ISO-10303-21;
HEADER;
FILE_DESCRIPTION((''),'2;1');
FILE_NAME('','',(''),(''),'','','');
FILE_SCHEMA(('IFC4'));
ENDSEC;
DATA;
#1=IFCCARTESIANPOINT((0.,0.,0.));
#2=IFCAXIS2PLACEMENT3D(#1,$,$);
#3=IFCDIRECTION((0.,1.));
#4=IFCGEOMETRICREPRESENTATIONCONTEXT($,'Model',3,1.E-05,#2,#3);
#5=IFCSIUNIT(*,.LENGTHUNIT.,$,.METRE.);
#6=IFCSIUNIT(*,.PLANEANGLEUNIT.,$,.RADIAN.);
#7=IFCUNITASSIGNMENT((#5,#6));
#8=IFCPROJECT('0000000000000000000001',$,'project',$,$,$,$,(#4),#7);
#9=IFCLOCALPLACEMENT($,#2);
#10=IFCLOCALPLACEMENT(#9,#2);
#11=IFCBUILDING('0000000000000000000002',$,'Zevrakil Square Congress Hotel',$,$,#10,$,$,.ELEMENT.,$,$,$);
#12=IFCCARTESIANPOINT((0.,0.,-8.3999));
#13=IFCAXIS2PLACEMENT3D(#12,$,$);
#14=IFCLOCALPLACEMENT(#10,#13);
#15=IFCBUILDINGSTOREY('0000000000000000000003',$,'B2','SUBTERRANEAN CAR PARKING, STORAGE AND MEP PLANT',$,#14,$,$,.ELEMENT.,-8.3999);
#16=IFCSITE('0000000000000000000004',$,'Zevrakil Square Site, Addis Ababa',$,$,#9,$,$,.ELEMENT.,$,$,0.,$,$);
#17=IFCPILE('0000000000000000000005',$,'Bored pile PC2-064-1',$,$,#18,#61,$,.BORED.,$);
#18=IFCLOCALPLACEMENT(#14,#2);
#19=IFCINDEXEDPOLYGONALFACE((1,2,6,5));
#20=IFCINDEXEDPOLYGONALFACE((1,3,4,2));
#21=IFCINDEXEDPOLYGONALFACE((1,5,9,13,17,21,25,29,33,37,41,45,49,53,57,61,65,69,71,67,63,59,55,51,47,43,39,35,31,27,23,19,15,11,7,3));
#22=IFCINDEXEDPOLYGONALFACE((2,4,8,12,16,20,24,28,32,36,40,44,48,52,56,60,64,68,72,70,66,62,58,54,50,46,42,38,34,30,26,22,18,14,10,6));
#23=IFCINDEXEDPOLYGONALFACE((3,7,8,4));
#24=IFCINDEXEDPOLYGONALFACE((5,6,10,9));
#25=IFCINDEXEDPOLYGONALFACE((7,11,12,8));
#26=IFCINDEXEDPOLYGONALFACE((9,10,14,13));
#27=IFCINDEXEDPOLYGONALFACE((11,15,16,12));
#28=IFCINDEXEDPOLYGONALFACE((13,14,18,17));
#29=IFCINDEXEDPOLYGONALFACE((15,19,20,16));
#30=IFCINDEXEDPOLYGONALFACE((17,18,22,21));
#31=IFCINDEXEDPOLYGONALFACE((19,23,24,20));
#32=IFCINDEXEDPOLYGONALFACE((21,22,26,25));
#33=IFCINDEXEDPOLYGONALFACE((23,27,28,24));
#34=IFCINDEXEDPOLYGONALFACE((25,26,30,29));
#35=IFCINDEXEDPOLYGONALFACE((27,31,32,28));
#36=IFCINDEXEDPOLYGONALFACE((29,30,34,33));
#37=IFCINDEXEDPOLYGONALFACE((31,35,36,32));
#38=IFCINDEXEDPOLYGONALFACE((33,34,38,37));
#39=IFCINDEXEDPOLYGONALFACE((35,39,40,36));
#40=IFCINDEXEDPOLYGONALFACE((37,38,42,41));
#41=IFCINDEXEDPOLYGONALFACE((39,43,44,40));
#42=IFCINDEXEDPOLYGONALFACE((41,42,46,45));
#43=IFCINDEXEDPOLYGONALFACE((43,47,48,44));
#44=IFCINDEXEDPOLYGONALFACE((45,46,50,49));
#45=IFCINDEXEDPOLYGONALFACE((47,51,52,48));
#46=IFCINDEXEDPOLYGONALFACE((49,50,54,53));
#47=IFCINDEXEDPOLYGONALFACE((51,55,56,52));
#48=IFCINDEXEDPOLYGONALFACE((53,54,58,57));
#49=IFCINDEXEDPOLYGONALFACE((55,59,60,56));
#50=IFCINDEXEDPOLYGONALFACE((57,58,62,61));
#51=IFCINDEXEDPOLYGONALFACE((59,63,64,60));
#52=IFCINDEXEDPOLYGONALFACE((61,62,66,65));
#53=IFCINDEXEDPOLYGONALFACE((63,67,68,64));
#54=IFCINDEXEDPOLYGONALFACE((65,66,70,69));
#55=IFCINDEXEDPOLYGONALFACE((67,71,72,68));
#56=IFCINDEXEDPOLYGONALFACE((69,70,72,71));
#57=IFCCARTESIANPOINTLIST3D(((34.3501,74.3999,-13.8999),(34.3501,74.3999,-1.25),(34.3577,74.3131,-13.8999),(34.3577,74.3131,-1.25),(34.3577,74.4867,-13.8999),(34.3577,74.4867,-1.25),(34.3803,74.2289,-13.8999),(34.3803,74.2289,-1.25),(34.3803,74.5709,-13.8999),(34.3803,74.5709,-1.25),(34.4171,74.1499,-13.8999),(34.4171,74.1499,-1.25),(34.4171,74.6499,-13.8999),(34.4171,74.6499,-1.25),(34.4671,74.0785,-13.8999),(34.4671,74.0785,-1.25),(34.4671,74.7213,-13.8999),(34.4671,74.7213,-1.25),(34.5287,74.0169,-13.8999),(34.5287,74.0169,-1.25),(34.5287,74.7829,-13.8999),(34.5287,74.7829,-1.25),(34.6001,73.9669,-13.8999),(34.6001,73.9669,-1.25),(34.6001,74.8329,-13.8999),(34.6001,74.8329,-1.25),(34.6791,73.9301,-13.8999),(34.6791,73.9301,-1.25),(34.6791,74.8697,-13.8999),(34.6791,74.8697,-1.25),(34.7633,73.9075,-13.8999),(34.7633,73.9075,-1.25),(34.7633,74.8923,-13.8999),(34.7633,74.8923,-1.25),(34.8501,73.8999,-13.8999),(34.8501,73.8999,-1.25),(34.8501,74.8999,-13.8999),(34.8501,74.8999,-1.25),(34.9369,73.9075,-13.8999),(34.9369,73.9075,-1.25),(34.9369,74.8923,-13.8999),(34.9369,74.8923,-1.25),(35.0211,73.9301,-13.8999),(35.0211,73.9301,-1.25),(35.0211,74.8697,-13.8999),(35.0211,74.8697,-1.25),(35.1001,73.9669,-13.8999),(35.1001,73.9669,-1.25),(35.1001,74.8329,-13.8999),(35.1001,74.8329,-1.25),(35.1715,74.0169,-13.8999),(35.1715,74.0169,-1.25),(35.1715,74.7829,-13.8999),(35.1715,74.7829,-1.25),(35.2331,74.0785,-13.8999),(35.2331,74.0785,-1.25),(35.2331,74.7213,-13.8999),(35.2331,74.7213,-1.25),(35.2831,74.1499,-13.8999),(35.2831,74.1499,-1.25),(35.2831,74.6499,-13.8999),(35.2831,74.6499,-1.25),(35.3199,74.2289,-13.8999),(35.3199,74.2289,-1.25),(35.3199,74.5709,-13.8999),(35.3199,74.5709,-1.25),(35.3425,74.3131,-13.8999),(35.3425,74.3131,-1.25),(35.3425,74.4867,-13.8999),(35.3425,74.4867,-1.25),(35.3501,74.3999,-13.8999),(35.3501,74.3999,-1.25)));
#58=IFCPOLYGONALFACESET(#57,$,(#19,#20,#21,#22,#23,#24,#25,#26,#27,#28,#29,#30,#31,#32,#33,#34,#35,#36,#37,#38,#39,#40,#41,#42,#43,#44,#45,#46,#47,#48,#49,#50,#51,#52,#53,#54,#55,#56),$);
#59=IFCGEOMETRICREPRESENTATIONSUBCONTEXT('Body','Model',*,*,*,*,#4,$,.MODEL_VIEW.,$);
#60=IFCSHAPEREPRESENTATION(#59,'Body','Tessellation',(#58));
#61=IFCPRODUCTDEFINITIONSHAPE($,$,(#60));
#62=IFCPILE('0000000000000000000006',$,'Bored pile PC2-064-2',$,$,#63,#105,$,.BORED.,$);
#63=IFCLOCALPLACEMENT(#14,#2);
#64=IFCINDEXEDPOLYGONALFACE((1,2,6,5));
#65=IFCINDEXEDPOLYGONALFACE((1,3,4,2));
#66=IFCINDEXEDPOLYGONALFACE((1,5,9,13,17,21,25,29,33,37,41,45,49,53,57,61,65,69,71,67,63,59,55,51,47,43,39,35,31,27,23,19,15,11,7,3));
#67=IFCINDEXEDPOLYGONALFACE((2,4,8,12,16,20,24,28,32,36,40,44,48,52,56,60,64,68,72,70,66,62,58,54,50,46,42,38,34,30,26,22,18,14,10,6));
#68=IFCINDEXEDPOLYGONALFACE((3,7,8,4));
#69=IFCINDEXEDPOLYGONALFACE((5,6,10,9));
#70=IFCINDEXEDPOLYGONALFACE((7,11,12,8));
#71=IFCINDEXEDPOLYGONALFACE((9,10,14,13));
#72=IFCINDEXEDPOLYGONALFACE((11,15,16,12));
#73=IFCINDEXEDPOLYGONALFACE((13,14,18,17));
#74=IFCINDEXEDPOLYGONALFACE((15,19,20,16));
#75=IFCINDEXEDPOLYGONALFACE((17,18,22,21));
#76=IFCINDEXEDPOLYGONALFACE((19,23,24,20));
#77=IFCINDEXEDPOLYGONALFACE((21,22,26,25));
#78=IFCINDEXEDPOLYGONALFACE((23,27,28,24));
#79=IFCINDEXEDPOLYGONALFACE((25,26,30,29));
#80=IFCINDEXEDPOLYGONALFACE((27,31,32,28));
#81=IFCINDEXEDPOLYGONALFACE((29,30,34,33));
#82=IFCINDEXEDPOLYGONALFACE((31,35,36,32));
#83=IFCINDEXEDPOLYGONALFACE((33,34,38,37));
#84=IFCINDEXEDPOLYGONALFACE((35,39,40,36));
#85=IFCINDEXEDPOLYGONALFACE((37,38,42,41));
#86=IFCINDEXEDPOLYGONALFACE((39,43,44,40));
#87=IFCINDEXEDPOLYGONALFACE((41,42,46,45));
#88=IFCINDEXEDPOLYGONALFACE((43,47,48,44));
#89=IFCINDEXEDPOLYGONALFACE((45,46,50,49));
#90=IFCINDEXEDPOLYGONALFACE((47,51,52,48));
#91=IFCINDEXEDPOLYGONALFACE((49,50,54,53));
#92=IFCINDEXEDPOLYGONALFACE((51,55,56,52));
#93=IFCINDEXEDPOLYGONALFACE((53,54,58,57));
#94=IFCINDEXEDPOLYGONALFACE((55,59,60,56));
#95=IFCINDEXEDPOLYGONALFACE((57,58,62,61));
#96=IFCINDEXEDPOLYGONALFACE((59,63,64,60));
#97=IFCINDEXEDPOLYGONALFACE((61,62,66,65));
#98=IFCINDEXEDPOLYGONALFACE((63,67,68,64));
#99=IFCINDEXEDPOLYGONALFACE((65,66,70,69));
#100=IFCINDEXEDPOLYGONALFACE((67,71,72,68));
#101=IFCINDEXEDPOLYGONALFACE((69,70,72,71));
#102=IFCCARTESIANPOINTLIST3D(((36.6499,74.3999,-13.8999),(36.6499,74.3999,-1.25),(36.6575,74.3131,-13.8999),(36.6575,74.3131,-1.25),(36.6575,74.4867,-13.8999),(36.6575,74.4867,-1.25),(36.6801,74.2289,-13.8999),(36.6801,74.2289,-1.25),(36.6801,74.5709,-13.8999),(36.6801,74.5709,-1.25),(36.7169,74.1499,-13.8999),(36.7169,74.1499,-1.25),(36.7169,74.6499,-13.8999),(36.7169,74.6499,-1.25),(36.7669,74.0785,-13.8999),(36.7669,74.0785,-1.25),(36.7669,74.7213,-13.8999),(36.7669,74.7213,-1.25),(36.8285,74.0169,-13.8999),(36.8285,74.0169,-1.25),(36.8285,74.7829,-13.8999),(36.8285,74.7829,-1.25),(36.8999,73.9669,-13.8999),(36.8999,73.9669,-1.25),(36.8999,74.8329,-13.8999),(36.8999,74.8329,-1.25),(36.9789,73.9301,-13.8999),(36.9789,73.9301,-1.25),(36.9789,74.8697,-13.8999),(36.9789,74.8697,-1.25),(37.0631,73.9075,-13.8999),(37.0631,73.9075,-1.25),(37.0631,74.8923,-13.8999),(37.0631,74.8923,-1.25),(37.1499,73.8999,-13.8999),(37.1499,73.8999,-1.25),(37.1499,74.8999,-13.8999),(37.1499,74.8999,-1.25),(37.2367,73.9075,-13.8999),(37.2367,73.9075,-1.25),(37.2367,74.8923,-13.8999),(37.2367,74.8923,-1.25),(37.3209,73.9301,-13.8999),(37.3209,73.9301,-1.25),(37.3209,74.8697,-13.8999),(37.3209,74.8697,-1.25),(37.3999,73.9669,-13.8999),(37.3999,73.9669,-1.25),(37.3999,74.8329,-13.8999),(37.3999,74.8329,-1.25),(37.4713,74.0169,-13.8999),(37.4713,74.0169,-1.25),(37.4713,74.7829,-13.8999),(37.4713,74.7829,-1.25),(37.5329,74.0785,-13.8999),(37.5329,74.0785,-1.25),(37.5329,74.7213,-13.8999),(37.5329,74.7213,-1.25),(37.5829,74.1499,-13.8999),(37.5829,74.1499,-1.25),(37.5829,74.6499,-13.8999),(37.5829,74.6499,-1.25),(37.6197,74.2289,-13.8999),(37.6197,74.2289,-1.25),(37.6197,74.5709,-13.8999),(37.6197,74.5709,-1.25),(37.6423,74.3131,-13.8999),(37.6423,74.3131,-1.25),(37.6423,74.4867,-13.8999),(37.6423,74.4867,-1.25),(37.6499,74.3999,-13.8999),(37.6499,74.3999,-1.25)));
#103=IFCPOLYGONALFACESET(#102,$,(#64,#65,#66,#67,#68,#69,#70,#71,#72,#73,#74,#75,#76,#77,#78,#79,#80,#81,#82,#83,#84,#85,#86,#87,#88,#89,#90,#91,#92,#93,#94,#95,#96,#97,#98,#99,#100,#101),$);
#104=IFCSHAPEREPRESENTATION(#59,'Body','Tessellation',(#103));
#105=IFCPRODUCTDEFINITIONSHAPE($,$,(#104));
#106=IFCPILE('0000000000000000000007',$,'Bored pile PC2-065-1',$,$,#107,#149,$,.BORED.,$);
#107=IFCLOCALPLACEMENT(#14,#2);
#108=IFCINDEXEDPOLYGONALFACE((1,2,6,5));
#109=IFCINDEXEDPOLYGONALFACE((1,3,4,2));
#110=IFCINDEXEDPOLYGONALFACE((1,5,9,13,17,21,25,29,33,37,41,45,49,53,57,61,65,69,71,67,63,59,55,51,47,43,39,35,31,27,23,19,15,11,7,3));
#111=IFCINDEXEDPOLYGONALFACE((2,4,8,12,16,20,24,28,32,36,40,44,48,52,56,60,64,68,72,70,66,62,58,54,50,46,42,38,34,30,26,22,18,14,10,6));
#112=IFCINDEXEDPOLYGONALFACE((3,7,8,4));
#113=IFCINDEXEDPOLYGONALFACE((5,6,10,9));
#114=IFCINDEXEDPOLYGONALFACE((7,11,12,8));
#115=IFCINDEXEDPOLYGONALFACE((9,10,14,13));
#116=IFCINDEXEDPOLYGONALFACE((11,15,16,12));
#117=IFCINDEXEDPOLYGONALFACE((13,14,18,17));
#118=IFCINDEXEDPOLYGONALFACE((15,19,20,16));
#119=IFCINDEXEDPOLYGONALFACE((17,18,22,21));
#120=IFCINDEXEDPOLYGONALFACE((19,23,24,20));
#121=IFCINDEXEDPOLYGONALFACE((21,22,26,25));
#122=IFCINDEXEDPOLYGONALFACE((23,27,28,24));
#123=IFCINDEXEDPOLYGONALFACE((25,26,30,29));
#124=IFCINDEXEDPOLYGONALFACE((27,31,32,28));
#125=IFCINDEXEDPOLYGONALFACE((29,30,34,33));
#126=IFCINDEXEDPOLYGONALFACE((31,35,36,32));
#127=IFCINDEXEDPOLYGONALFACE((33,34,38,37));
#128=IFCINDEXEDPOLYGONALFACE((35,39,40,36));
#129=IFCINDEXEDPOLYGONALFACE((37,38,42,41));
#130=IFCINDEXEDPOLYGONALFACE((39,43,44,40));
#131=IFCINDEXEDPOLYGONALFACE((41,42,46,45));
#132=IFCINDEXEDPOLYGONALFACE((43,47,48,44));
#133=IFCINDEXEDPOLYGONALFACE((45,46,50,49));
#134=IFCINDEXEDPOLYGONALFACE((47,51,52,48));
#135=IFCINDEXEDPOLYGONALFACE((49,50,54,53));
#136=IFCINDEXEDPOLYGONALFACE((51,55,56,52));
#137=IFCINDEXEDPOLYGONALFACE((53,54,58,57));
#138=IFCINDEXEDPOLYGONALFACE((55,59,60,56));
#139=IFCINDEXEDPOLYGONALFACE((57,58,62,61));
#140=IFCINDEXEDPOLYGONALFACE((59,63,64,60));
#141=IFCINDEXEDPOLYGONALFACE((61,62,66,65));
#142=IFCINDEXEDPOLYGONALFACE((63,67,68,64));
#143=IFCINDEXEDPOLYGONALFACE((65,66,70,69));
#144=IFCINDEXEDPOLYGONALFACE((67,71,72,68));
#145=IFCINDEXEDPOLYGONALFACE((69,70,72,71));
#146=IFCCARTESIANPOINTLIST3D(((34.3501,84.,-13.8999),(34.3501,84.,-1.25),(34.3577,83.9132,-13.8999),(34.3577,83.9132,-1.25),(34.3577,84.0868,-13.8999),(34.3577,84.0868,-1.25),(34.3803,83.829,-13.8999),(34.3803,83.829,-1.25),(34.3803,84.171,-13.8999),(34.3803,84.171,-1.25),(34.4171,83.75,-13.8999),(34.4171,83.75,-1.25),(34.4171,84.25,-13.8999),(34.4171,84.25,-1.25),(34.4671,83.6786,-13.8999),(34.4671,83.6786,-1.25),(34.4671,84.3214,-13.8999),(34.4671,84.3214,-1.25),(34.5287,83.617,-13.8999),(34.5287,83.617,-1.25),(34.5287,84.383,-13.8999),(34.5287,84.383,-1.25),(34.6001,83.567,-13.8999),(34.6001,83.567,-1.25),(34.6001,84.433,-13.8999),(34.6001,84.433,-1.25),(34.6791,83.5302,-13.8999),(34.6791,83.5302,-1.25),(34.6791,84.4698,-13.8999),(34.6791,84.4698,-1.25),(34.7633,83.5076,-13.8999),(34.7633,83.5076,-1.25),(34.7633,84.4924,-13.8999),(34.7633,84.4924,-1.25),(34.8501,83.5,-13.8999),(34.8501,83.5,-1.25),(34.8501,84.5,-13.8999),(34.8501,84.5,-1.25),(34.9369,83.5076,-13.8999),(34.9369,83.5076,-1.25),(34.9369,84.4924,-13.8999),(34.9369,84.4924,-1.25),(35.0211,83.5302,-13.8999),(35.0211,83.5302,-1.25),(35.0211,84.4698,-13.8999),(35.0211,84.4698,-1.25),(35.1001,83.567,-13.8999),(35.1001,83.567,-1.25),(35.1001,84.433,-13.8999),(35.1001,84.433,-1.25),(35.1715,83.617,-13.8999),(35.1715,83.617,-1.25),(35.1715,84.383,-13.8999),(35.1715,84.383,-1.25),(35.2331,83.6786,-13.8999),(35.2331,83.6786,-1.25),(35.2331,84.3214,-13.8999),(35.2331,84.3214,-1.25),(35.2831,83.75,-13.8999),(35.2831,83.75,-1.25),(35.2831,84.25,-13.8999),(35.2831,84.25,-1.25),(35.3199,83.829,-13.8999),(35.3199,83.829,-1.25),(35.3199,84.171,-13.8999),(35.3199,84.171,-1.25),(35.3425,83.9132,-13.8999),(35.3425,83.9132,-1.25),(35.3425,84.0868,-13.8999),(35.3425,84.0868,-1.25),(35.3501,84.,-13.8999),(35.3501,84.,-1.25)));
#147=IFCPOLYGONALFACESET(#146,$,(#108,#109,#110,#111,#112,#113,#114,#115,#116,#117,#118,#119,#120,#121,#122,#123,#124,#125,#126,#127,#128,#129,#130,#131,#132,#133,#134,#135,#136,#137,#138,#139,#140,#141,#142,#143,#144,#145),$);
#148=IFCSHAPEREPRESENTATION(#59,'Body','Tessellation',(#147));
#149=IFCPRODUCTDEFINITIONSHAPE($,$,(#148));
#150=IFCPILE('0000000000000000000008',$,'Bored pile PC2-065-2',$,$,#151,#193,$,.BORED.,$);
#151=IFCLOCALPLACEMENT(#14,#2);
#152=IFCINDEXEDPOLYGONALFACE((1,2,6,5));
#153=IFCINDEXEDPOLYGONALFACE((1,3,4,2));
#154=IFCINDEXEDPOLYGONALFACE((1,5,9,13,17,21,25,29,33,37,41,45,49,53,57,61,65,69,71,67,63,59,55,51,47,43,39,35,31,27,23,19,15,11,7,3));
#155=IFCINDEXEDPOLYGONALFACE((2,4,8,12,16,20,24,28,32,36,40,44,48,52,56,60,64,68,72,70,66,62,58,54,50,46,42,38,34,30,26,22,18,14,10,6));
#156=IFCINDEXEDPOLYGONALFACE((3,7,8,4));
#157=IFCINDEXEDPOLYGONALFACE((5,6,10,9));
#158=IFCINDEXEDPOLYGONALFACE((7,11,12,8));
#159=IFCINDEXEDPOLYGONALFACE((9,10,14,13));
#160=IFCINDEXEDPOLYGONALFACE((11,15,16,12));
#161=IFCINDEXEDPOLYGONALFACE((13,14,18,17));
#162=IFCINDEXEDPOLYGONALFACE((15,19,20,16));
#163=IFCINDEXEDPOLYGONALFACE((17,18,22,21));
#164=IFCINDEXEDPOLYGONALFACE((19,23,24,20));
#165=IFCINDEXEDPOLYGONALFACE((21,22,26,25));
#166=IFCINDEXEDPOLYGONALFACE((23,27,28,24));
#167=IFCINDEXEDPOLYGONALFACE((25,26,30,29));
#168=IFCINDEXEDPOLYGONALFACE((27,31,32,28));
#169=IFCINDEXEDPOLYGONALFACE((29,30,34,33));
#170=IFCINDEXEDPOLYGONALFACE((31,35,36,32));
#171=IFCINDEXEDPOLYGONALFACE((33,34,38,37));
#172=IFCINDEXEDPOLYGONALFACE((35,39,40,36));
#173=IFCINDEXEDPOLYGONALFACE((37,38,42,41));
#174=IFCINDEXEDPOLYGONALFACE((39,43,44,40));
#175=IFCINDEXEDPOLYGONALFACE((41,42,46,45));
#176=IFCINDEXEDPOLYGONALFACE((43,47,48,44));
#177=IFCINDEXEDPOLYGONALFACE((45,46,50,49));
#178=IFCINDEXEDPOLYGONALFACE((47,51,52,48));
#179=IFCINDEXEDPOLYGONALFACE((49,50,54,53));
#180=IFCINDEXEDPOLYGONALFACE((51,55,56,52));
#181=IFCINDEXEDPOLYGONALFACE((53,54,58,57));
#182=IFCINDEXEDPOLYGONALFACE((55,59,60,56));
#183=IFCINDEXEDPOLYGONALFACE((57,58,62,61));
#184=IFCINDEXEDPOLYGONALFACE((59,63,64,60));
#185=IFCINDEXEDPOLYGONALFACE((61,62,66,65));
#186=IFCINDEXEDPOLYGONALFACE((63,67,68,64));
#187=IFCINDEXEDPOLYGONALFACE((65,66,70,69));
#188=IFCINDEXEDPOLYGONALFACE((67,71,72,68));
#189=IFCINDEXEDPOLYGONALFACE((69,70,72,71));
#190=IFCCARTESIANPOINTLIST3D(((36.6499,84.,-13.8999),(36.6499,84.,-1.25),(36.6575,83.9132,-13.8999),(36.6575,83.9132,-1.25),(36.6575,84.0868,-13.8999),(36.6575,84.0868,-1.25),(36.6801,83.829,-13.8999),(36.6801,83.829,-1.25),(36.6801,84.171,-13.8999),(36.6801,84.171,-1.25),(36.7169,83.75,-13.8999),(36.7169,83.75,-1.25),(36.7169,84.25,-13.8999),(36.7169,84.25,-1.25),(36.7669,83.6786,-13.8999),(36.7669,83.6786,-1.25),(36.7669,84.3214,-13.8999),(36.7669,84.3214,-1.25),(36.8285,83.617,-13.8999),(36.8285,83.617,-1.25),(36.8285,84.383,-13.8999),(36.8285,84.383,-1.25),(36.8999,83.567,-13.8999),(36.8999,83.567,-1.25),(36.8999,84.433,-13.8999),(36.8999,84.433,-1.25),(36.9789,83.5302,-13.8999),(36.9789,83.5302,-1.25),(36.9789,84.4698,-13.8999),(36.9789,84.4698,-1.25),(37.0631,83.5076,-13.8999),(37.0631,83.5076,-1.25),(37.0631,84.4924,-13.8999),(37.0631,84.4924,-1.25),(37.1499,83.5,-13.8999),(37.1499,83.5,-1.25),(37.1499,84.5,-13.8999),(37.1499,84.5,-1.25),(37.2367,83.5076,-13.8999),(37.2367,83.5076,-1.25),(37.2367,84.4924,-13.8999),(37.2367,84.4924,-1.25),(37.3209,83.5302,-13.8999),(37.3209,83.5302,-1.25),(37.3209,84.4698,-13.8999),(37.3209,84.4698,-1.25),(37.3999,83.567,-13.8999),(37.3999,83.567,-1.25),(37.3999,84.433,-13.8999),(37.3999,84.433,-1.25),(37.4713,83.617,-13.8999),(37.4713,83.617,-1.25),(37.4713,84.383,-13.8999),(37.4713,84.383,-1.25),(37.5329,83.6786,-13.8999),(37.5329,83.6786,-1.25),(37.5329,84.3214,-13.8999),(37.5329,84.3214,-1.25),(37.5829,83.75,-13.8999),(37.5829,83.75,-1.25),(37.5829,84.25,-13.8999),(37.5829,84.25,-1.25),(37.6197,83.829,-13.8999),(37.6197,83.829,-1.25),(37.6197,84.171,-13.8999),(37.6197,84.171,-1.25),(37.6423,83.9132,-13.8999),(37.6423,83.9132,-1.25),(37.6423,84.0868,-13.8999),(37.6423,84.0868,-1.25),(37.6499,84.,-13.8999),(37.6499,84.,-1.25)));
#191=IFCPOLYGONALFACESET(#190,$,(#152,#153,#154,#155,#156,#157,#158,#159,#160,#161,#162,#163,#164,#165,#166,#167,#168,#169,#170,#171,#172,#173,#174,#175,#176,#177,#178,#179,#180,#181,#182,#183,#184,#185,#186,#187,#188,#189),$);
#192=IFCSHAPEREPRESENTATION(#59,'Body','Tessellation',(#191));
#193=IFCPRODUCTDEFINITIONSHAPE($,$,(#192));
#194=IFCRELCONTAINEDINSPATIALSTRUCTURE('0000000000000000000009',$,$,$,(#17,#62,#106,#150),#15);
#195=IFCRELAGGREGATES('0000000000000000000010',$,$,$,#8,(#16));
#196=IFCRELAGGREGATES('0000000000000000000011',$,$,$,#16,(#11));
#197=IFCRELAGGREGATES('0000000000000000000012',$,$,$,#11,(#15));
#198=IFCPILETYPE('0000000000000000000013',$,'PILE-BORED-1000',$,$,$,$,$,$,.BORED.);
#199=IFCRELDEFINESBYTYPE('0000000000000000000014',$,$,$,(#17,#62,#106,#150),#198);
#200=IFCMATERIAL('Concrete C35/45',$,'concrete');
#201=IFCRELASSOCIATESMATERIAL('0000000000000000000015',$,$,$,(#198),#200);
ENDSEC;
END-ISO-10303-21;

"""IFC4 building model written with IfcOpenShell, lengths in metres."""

from ifc_helpers import new_model, si_unit, direction, frame, origin, origin_2d, place, context, subcontext, project, spatial, circle, extrude, material, material_profile, profile_set, type_object, element, save


model = new_model("IFC4")

# Units and contexts
model_context = context("Model", 3, precision=1e-05, world=origin(), true_north=direction((0.0, 1.0)))
body_context = subcontext(model_context, "Body", "Model", "MODEL_VIEW")
ifc_project = project(units=[si_unit("LENGTHUNIT", "METRE"), si_unit("PLANEANGLEUNIT", "RADIAN")], contexts=[model_context])

# Site, building, storey
site_placement = place(None, origin())
site = spatial("IfcSite", under=ifc_project, at=site_placement, Name="Zevrakil Square Site, Addis Ababa", CompositionType="ELEMENT", RefElevation=0.0)
building_placement = place(site_placement, origin())
building = spatial("IfcBuilding", under=site, at=building_placement, Name="Zevrakil Square Congress Hotel", CompositionType="ELEMENT")
storey_placement = place(building_placement, frame((0.0, 0.0, -8.3999)))
storey = spatial("IfcBuildingStorey", under=building, at=storey_placement, Name="B2", Description="SUBTERRANEAN CAR PARKING, STORAGE AND MEP PLANT", CompositionType="ELEMENT", Elevation=-8.3999)

# Piles
ifc_material_1 = material(Name="Concrete C35/45", Category="concrete")
ifc_material_profile_1 = material_profile(ifc_material_1, circle(Radius=0.5, at=origin_2d()), Name="PILE D1000")
ifc_profile_set_1 = profile_set([ifc_material_profile_1], Name="Concrete C35/45")
pile_type = type_object("IfcPileType", Name="PILE-BORED-1000", PredefinedType="BORED", material=ifc_profile_set_1)
for number, where, z_axis, x_axis, name in (
    (1, (34.8501, 74.3999, -1.25), (0.0, 0.0, -1.0), (1.0, 0.0, 0.0), "Bored pile PC2-064-1"),
    (2, (37.1499, 74.3999, -1.25), (0.0, 0.0, -1.0), (1.0, 0.0, 0.0), "Bored pile PC2-064-2"),
    (3, (34.8501, 84.0, -1.25), (0.0, 0.0, -1.0), (1.0, 0.0, 0.0), "Bored pile PC2-065-1"),
    (4, (37.1499, 84.0, -1.25), (0.0, 0.0, -1.0), (1.0, 0.0, 0.0), "Bored pile PC2-065-2"),
):
    element("IfcPile", number, at=place(storey_placement, frame(where, z_axis=z_axis, x_axis=x_axis)), inside=storey, type_object=pile_type, Name=name, PredefinedType="BORED", context=body_context, shape_type="SweptSolid", body=[
        extrude(circle(Radius=0.5, at=origin_2d()), origin(), (0.0, 0.0, 1.0), 12.6499),
    ])

save(model, "model.ifc")
